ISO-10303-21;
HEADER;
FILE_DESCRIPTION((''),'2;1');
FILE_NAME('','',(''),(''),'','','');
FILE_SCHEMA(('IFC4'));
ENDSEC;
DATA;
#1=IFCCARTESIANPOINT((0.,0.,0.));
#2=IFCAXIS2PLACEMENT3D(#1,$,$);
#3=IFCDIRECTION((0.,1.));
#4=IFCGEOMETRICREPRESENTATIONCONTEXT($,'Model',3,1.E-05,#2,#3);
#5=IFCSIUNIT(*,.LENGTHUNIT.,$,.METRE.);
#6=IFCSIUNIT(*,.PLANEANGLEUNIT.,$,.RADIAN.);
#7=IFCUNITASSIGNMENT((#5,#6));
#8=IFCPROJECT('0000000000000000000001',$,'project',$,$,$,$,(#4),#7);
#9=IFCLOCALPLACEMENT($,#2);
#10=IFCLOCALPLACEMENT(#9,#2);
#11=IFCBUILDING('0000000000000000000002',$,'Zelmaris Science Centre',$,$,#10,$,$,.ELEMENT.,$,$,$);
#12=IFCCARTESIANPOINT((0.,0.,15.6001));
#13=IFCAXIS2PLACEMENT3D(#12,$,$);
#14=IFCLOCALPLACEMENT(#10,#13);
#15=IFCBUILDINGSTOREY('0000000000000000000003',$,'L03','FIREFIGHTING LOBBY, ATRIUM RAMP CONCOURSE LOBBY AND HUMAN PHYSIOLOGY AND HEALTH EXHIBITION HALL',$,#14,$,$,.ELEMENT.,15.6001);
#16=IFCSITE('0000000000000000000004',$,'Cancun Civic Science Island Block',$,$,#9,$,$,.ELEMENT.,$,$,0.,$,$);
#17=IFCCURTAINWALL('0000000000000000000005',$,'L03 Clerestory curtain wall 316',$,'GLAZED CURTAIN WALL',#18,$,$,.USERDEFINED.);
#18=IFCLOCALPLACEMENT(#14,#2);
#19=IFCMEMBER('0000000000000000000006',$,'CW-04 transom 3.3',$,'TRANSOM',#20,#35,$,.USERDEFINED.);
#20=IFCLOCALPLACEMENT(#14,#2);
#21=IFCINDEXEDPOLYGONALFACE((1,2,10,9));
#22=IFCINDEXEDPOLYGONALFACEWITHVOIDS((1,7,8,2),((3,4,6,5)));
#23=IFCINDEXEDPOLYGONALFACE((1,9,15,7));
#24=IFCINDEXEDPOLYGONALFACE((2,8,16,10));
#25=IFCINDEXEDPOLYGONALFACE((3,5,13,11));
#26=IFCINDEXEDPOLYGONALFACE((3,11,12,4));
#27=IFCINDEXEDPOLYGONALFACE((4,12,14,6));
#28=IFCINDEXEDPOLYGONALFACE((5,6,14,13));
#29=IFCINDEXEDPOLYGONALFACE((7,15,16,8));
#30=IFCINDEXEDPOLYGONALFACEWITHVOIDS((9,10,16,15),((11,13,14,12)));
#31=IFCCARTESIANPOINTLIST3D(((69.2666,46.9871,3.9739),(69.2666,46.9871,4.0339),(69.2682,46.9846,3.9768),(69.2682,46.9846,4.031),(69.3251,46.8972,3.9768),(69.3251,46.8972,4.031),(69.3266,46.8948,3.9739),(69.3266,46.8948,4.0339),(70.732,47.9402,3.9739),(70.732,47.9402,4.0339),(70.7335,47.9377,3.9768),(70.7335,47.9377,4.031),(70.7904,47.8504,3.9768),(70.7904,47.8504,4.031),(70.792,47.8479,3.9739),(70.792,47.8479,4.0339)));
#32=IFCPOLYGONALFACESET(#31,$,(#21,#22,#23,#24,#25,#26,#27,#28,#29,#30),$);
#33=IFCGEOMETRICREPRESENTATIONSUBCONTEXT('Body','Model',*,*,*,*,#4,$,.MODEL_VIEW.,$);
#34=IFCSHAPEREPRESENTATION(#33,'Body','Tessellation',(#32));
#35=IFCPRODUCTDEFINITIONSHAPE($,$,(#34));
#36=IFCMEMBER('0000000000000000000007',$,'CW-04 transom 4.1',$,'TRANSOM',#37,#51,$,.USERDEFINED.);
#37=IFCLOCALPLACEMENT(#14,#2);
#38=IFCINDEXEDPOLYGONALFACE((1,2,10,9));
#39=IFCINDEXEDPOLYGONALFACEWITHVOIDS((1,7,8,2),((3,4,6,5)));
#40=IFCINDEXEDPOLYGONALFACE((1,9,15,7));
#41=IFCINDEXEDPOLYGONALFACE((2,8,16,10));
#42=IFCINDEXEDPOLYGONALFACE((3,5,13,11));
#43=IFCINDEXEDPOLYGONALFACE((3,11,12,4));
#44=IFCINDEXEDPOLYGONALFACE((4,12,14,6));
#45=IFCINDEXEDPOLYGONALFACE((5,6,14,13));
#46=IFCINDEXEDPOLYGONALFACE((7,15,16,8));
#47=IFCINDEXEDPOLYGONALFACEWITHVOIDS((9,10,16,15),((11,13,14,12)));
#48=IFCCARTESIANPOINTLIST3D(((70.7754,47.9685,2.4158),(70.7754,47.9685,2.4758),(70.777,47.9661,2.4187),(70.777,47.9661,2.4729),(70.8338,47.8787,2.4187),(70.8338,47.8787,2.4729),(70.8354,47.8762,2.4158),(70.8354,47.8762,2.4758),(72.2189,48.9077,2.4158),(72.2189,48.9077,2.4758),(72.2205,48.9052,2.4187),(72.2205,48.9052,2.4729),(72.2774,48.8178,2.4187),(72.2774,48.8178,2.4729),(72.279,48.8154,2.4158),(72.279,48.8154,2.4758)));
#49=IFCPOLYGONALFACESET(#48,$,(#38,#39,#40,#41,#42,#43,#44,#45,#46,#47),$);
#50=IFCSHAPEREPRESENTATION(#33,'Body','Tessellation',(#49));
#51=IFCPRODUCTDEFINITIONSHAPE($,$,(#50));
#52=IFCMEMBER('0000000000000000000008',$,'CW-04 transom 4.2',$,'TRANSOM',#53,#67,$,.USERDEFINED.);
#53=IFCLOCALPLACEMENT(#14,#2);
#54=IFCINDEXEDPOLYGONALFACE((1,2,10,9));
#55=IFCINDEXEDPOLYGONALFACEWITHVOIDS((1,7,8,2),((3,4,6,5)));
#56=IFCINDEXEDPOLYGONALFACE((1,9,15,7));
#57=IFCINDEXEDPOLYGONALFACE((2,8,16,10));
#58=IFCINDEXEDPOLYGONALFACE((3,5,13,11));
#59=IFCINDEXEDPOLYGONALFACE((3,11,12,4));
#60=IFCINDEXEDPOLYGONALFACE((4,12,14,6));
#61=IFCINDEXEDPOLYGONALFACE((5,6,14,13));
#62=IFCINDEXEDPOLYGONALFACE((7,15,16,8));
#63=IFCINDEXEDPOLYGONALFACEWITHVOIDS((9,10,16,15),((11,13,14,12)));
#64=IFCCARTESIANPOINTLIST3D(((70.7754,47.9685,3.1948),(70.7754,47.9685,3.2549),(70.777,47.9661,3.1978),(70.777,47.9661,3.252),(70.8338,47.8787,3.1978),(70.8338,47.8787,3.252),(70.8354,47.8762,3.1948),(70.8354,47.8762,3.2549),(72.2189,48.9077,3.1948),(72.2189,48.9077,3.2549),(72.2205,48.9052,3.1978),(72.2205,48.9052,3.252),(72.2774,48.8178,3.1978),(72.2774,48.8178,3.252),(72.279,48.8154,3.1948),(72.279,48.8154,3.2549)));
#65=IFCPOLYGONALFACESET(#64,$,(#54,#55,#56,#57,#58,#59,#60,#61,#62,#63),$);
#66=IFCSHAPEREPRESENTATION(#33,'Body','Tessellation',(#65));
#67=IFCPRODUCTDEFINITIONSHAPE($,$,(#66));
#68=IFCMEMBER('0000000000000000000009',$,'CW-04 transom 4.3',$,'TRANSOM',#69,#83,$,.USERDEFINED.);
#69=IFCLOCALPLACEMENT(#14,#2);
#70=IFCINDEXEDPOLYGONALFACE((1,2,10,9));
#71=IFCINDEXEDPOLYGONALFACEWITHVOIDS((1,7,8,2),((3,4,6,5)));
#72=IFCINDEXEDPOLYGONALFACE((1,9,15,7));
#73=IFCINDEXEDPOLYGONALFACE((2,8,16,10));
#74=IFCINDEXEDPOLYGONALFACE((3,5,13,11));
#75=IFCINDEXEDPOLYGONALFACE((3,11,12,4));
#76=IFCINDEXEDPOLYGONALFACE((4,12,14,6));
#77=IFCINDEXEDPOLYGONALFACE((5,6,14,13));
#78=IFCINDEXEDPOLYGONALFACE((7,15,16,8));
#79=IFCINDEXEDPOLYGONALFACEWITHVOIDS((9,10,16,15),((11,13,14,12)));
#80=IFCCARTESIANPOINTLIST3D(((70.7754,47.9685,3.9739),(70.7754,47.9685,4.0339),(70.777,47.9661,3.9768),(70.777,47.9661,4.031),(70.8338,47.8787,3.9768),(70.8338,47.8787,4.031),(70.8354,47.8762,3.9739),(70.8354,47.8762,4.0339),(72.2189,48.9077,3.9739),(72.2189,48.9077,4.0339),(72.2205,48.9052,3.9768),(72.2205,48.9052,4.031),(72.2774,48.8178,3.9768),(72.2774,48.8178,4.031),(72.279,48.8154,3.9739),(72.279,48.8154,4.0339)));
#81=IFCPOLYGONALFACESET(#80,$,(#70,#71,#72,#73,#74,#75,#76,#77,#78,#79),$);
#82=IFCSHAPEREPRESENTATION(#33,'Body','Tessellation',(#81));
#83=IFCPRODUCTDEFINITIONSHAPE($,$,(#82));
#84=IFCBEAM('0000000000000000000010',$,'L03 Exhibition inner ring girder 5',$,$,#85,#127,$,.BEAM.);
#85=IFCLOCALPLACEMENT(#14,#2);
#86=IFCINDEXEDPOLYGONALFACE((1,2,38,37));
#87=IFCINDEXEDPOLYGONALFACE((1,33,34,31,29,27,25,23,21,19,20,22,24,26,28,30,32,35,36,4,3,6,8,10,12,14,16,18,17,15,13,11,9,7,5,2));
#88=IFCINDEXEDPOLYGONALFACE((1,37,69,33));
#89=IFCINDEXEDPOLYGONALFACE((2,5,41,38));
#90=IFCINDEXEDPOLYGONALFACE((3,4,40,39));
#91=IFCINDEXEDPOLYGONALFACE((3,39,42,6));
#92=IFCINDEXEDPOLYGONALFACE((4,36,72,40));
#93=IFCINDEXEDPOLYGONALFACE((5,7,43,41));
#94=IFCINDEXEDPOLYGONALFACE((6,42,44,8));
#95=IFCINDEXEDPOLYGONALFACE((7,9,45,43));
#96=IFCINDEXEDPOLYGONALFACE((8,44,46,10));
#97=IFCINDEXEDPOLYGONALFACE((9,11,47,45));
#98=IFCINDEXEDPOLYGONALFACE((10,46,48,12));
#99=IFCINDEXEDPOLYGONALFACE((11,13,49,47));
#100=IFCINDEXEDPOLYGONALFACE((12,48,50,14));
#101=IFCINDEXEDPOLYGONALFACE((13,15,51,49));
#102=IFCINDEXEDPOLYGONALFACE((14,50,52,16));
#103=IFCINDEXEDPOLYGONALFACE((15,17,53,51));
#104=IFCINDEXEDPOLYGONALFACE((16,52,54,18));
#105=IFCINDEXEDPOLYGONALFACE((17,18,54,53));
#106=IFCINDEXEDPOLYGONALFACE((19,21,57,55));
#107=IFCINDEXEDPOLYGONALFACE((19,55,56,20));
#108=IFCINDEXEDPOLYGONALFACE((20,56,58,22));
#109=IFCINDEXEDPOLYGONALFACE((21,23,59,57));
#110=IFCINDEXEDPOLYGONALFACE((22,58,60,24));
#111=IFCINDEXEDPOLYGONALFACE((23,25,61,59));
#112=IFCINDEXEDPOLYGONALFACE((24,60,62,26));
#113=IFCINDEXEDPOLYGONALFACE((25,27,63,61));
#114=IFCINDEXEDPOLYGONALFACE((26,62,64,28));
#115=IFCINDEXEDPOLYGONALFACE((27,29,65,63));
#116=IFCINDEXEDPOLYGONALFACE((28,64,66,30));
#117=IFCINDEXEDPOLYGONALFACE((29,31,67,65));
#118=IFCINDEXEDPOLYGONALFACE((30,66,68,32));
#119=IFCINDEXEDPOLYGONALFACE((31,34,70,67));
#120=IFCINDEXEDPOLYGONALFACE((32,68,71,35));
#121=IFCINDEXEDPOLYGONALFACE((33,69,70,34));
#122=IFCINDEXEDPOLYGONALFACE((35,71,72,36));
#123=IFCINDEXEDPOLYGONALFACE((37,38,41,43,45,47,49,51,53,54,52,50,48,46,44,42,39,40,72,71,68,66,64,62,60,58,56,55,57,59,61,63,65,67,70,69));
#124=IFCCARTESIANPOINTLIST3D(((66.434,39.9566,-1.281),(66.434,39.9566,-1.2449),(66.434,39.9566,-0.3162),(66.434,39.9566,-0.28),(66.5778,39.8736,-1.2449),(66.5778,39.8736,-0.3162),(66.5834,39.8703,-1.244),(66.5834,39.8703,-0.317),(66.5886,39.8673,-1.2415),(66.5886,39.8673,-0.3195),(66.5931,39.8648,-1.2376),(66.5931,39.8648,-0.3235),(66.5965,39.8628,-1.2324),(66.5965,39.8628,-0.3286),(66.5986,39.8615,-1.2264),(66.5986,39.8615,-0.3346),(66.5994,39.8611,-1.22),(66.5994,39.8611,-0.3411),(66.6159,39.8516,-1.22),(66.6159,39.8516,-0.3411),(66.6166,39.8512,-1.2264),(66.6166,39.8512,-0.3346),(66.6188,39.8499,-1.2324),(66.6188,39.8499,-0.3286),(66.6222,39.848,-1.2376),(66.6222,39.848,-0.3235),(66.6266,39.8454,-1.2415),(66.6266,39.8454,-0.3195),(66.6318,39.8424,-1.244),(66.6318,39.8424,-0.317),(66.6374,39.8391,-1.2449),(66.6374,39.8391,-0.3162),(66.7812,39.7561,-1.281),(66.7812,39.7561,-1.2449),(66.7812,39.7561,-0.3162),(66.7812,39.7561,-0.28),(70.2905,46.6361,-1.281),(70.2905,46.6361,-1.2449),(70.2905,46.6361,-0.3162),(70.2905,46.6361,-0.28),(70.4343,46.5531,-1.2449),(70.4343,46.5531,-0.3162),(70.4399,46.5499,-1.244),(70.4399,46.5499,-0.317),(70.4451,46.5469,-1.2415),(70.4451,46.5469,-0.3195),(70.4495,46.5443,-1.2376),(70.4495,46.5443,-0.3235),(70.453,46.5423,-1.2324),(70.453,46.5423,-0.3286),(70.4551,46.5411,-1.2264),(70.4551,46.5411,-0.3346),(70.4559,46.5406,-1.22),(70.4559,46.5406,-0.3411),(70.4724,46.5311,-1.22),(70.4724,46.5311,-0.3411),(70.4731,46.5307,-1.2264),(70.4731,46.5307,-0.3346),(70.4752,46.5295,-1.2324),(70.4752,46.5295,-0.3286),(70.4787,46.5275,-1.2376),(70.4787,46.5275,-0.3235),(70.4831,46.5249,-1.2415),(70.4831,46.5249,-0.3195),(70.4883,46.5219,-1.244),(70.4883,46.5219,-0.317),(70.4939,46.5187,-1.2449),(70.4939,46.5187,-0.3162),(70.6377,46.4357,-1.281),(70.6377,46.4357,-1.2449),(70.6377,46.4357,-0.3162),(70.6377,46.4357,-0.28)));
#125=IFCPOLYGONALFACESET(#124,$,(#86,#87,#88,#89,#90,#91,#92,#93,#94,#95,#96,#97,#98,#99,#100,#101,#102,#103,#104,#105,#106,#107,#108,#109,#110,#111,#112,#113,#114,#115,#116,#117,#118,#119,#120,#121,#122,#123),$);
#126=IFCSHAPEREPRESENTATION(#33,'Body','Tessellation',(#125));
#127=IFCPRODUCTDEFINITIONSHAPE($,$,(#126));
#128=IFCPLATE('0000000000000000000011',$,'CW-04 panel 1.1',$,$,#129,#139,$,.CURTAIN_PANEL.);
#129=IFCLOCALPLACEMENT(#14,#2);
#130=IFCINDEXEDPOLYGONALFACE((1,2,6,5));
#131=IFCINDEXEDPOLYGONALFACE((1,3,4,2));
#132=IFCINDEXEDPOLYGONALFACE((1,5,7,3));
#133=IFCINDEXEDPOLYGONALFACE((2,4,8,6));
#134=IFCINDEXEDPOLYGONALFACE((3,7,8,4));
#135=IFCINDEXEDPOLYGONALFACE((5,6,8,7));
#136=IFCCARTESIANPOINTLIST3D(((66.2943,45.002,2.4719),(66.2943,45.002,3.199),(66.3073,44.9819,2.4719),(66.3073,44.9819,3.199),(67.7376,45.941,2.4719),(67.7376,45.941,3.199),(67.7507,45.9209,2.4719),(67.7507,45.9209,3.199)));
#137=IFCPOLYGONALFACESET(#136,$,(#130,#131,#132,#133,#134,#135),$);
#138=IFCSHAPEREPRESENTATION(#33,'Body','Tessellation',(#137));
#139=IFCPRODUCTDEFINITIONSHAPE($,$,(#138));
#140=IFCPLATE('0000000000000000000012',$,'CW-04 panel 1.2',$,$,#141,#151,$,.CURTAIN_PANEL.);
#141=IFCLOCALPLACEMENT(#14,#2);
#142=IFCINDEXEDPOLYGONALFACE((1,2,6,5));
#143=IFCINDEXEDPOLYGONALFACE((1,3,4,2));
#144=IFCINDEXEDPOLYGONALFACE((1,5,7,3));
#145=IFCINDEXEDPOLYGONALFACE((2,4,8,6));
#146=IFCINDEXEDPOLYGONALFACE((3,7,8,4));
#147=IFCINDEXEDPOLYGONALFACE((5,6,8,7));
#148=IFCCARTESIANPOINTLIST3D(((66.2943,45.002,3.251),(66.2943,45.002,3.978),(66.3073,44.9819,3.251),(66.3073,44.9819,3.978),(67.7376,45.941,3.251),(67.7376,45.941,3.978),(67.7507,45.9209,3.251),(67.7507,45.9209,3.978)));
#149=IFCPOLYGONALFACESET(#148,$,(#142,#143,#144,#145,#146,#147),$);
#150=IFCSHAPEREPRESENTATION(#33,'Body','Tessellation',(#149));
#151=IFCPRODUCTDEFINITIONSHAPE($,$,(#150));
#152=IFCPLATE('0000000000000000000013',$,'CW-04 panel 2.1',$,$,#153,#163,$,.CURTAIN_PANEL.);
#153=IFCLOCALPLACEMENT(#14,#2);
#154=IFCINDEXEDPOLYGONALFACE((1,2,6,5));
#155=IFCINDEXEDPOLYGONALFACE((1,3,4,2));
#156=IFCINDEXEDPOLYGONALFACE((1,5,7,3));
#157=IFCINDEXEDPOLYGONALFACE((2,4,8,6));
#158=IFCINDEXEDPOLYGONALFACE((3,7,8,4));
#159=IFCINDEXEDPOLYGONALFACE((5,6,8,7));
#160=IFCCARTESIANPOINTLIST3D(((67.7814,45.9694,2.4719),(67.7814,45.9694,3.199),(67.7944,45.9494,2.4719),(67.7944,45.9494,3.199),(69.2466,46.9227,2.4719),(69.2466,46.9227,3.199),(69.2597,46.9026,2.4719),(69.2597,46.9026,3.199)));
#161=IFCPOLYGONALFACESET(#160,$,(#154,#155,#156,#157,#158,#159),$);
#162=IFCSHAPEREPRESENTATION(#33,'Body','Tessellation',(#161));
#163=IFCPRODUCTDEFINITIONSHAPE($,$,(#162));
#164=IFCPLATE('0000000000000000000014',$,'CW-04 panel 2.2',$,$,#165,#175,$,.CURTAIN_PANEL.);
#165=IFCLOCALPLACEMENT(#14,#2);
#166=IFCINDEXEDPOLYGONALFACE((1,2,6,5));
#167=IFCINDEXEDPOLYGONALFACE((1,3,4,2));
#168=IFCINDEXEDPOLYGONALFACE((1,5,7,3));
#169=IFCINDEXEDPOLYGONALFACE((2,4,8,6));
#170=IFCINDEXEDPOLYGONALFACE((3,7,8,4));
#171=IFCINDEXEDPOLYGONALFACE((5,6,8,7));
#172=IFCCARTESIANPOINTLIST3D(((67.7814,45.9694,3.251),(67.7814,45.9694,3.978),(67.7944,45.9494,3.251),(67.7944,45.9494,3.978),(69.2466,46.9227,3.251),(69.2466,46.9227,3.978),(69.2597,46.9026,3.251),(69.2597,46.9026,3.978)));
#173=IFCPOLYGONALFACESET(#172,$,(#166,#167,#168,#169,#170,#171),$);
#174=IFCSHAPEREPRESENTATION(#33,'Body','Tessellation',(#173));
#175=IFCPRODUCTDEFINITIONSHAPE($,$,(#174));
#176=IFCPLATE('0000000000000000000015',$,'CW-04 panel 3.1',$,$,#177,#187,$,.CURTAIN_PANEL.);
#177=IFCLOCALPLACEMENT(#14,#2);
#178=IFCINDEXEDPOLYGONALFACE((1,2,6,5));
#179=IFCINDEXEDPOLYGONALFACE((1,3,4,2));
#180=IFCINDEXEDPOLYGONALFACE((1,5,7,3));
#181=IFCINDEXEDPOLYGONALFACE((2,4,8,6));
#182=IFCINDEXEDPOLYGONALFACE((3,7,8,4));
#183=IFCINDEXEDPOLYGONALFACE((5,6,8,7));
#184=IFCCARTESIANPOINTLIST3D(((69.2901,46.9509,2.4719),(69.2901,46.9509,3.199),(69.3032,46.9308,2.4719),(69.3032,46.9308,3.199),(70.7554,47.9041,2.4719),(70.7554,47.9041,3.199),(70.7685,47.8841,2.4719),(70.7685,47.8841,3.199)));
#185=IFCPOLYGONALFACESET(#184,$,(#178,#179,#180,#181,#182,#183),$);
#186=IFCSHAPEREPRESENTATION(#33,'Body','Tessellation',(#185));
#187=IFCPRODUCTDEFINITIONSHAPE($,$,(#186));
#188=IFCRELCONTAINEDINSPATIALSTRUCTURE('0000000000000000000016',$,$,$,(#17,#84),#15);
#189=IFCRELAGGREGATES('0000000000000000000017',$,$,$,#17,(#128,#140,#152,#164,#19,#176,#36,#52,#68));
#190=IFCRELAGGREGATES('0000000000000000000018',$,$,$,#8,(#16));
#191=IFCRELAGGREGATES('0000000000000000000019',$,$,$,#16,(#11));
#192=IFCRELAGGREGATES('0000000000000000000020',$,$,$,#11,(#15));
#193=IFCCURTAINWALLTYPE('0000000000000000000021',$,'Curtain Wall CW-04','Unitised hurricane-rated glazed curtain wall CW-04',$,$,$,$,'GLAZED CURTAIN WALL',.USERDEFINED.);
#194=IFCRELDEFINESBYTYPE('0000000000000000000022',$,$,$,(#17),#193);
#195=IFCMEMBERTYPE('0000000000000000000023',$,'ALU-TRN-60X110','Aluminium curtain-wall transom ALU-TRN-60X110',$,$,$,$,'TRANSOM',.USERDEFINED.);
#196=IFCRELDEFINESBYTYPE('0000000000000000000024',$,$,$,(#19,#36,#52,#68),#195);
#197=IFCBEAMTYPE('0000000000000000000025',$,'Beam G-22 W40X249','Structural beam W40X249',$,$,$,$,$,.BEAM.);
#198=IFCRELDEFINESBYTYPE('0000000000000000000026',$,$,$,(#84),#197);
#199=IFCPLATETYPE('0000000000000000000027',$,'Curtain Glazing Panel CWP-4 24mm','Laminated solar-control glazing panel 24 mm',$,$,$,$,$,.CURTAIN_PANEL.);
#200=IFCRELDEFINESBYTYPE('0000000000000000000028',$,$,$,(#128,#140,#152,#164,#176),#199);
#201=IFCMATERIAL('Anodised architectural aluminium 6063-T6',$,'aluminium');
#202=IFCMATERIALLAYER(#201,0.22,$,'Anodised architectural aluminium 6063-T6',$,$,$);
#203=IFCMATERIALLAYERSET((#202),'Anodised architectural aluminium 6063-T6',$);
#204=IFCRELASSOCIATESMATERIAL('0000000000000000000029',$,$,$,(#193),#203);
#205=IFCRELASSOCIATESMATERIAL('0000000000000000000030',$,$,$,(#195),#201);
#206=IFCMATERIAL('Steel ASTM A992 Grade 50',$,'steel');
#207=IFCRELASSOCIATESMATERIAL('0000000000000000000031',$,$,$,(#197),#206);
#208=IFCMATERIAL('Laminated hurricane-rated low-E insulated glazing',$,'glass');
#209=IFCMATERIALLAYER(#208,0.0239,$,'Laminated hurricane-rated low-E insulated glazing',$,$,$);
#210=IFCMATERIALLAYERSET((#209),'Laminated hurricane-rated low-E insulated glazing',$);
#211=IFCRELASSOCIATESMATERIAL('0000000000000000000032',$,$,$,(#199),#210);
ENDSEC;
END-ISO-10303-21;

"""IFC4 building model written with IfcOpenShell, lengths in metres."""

from ifc_helpers import new_model, si_unit, direction, frame, origin, origin_2d, place, context, subcontext, project, spatial, rectangle, hollow_rectangle, i_section, extrude, material, layer, layer_set, material_profile, profile_set, type_object, element, aggregate, save


model = new_model("IFC4")

# Units and contexts
model_context = context("Model", 3, precision=1e-05, world=origin(), true_north=direction((0.0, 1.0)))
body_context = subcontext(model_context, "Body", "Model", "MODEL_VIEW")
ifc_project = project(units=[si_unit("LENGTHUNIT", "METRE"), si_unit("PLANEANGLEUNIT", "RADIAN")], contexts=[model_context])

# Site, building, storey
site_placement = place(None, origin())
site = spatial("IfcSite", under=ifc_project, at=site_placement, Name="Cancun Civic Science Island Block", CompositionType="ELEMENT", RefElevation=0.0)
building_placement = place(site_placement, origin())
building = spatial("IfcBuilding", under=site, at=building_placement, Name="Zelmaris Science Centre", CompositionType="ELEMENT")
storey_placement = place(building_placement, frame((0.0, 0.0, 15.6001)))
storey = spatial("IfcBuildingStorey", under=building, at=storey_placement, Name="L03", Description="FIREFIGHTING LOBBY, ATRIUM RAMP CONCOURSE LOBBY AND HUMAN PHYSIOLOGY AND HEALTH EXHIBITION HALL", CompositionType="ELEMENT", Elevation=15.6001)

# Shared definitions
ifc_material_1 = material(Name="Steel ASTM A992 Grade 50", Category="steel")

# Curtain wall, members
ifc_material_2 = material(Name="Anodised architectural aluminium 6063-T6", Category="aluminium")
ifc_layer_1 = layer(ifc_material_2, 0.22, Name="Anodised architectural aluminium 6063-T6")
ifc_layer_set_1 = layer_set([ifc_layer_1], Name="Anodised architectural aluminium 6063-T6")
curtain_wall_type = type_object("IfcCurtainWallType", Name="Curtain Wall CW-04", Description="Unitised hurricane-rated glazed curtain wall CW-04", ElementType="GLAZED CURTAIN WALL", PredefinedType="USERDEFINED", material=ifc_layer_set_1)
curtain_wall_placement = place(storey_placement, origin())
curtain_wall = element("IfcCurtainWall", 1, at=curtain_wall_placement, inside=storey, type_object=curtain_wall_type, Name="L03 Clerestory curtain wall 316", ObjectType="GLAZED CURTAIN WALL", PredefinedType="USERDEFINED")
ifc_material_profile_1 = material_profile(ifc_material_2, hollow_rectangle(XDim=0.0601, YDim=0.1101, WallThickness=0.0029, at=origin_2d()), Name="ALU-TRN-60X110")
ifc_profile_set_1 = profile_set([ifc_material_profile_1], Name="Anodised architectural aluminium 6063-T6")
member_type_1 = type_object("IfcMemberType", Name="ALU-TRN-60X110", Description="Aluminium curtain-wall transom ALU-TRN-60X110", ElementType="TRANSOM", PredefinedType="USERDEFINED", material=ifc_profile_set_1)
member_1_placement = place(storey_placement, frame((69.2966, 46.9409, 4.0039), z_axis=(0.838271, 0.545253, 0.0), x_axis=(0.0, 0.0, 1.0)))
member_1 = element("IfcMember", 2, at=member_1_placement, type_object=member_type_1, Name="CW-04 transom 3.3", ObjectType="TRANSOM", PredefinedType="USERDEFINED", context=body_context, shape_type="SweptSolid", body=[
    extrude(hollow_rectangle(XDim=0.0601, YDim=0.1101, WallThickness=0.0029, at=origin_2d()), origin(), (0.0, 0.0, 1.0), 1.748),
])
member_2_placement = place(storey_placement, frame((70.8054, 47.9224, 2.4458), z_axis=(0.838214, 0.545342, 0.0), x_axis=(0.0, 0.0, 1.0)))
member_2 = element("IfcMember", 3, at=member_2_placement, type_object=member_type_1, Name="CW-04 transom 4.1", ObjectType="TRANSOM", PredefinedType="USERDEFINED", context=body_context, shape_type="SweptSolid", body=[
    extrude(hollow_rectangle(XDim=0.0601, YDim=0.1101, WallThickness=0.0029, at=origin_2d()), origin(), (0.0, 0.0, 1.0), 1.7222),
])
member_3_placement = place(storey_placement, frame((70.8054, 47.9224, 3.2249), z_axis=(0.838214, 0.545342, 0.0), x_axis=(0.0, 0.0, 1.0)))
member_3 = element("IfcMember", 4, at=member_3_placement, type_object=member_type_1, Name="CW-04 transom 4.2", ObjectType="TRANSOM", PredefinedType="USERDEFINED", context=body_context, shape_type="SweptSolid", body=[
    extrude(hollow_rectangle(XDim=0.0601, YDim=0.1101, WallThickness=0.0029, at=origin_2d()), origin(), (0.0, 0.0, 1.0), 1.7222),
])
member_4_placement = place(storey_placement, frame((70.8054, 47.9224, 4.0039), z_axis=(0.838214, 0.545342, 0.0), x_axis=(0.0, 0.0, 1.0)))
member_4 = element("IfcMember", 5, at=member_4_placement, type_object=member_type_1, Name="CW-04 transom 4.3", ObjectType="TRANSOM", PredefinedType="USERDEFINED", context=body_context, shape_type="SweptSolid", body=[
    extrude(hollow_rectangle(XDim=0.0601, YDim=0.1101, WallThickness=0.0029, at=origin_2d()), origin(), (0.0, 0.0, 1.0), 1.7222),
])

# Beam
ifc_material_profile_2 = material_profile(ifc_material_1, i_section(OverallWidth=0.4009, OverallDepth=1.001, WebThickness=0.019, FlangeThickness=0.0361, FilletRadius=0.0249, at=origin_2d()), Name="W40X249")
ifc_profile_set_2 = profile_set([ifc_material_profile_2], Name="Steel ASTM A992 Grade 50")
beam_type = type_object("IfcBeamType", Name="Beam G-22 W40X249", Description="Structural beam W40X249", PredefinedType="BEAM", material=ifc_profile_set_2)
beam_placement = place(storey_placement, frame((70.4641, 46.5359, -0.7805), z_axis=(-0.500007, -0.866022, 0.0), x_axis=(0.866022, -0.500007, 0.0)))
element("IfcBeam", 6, at=beam_placement, inside=storey, type_object=beam_type, Name="L03 Exhibition inner ring girder 5", PredefinedType="BEAM", context=body_context, shape_type="SweptSolid", body=[
    extrude(i_section(OverallWidth=0.4009, OverallDepth=1.001, WebThickness=0.019, FlangeThickness=0.0361, FilletRadius=0.0249, at=origin_2d()), origin(), (0.0, 0.0, 1.0), 7.7129),
])

# Plates
ifc_material_3 = material(Name="Laminated hurricane-rated low-E insulated glazing", Category="glass")
ifc_layer_2 = layer(ifc_material_3, 0.0239, Name="Laminated hurricane-rated low-E insulated glazing")
ifc_layer_set_2 = layer_set([ifc_layer_2], Name="Laminated hurricane-rated low-E insulated glazing")
plate_type = type_object("IfcPlateType", Name="Curtain Glazing Panel CWP-4 24mm", Description="Laminated solar-control glazing panel 24 mm", PredefinedType="CURTAIN_PANEL", material=ifc_layer_set_2)
plate_1_placement = place(storey_placement, frame((67.0225, 45.4614, 2.4719), z_axis=(0.0, 0.0, 1.0), x_axis=(0.838228, 0.545319, 0.0)))
plate_1 = element("IfcPlate", 7, at=plate_1_placement, type_object=plate_type, Name="CW-04 panel 1.1", PredefinedType="CURTAIN_PANEL", context=body_context, shape_type="SweptSolid", body=[
    extrude(rectangle(XDim=1.7219, YDim=0.0239, at=origin_2d()), origin(), (0.0, 0.0, 1.0), 0.7271),
])
plate_2_placement = place(storey_placement, frame((67.0225, 45.4614, 3.251), z_axis=(0.0, 0.0, 1.0), x_axis=(0.838228, 0.545319, 0.0)))
plate_2 = element("IfcPlate", 8, at=plate_2_placement, type_object=plate_type, Name="CW-04 panel 1.2", PredefinedType="CURTAIN_PANEL", context=body_context, shape_type="SweptSolid", body=[
    extrude(rectangle(XDim=1.7219, YDim=0.0239, at=origin_2d()), origin(), (0.0, 0.0, 1.0), 0.7271),
])
plate_3_placement = place(storey_placement, frame((68.5205, 46.436, 2.4719), z_axis=(0.0, 0.0, 1.0), x_axis=(0.838228, 0.545319, 0.0)))
plate_3 = element("IfcPlate", 9, at=plate_3_placement, type_object=plate_type, Name="CW-04 panel 2.1", PredefinedType="CURTAIN_PANEL", context=body_context, shape_type="SweptSolid", body=[
    extrude(rectangle(XDim=1.748, YDim=0.0239, at=origin_2d()), origin(), (0.0, 0.0, 1.0), 0.7271),
])
plate_4_placement = place(storey_placement, frame((68.5205, 46.436, 3.251), z_axis=(0.0, 0.0, 1.0), x_axis=(0.838228, 0.545319, 0.0)))
plate_4 = element("IfcPlate", 10, at=plate_4_placement, type_object=plate_type, Name="CW-04 panel 2.2", PredefinedType="CURTAIN_PANEL", context=body_context, shape_type="SweptSolid", body=[
    extrude(rectangle(XDim=1.748, YDim=0.0239, at=origin_2d()), origin(), (0.0, 0.0, 1.0), 0.7271),
])
plate_5_placement = place(storey_placement, frame((70.0293, 47.4175, 2.4719), z_axis=(0.0, 0.0, 1.0), x_axis=(0.838228, 0.545319, 0.0)))
plate_5 = element("IfcPlate", 11, at=plate_5_placement, type_object=plate_type, Name="CW-04 panel 3.1", PredefinedType="CURTAIN_PANEL", context=body_context, shape_type="SweptSolid", body=[
    extrude(rectangle(XDim=1.748, YDim=0.0239, at=origin_2d()), origin(), (0.0, 0.0, 1.0), 0.7271),
])
aggregate(curtain_wall, [plate_1, plate_2, plate_3, plate_4, member_1, plate_5, member_2, member_3, member_4])

save(model, "model.ifc")
